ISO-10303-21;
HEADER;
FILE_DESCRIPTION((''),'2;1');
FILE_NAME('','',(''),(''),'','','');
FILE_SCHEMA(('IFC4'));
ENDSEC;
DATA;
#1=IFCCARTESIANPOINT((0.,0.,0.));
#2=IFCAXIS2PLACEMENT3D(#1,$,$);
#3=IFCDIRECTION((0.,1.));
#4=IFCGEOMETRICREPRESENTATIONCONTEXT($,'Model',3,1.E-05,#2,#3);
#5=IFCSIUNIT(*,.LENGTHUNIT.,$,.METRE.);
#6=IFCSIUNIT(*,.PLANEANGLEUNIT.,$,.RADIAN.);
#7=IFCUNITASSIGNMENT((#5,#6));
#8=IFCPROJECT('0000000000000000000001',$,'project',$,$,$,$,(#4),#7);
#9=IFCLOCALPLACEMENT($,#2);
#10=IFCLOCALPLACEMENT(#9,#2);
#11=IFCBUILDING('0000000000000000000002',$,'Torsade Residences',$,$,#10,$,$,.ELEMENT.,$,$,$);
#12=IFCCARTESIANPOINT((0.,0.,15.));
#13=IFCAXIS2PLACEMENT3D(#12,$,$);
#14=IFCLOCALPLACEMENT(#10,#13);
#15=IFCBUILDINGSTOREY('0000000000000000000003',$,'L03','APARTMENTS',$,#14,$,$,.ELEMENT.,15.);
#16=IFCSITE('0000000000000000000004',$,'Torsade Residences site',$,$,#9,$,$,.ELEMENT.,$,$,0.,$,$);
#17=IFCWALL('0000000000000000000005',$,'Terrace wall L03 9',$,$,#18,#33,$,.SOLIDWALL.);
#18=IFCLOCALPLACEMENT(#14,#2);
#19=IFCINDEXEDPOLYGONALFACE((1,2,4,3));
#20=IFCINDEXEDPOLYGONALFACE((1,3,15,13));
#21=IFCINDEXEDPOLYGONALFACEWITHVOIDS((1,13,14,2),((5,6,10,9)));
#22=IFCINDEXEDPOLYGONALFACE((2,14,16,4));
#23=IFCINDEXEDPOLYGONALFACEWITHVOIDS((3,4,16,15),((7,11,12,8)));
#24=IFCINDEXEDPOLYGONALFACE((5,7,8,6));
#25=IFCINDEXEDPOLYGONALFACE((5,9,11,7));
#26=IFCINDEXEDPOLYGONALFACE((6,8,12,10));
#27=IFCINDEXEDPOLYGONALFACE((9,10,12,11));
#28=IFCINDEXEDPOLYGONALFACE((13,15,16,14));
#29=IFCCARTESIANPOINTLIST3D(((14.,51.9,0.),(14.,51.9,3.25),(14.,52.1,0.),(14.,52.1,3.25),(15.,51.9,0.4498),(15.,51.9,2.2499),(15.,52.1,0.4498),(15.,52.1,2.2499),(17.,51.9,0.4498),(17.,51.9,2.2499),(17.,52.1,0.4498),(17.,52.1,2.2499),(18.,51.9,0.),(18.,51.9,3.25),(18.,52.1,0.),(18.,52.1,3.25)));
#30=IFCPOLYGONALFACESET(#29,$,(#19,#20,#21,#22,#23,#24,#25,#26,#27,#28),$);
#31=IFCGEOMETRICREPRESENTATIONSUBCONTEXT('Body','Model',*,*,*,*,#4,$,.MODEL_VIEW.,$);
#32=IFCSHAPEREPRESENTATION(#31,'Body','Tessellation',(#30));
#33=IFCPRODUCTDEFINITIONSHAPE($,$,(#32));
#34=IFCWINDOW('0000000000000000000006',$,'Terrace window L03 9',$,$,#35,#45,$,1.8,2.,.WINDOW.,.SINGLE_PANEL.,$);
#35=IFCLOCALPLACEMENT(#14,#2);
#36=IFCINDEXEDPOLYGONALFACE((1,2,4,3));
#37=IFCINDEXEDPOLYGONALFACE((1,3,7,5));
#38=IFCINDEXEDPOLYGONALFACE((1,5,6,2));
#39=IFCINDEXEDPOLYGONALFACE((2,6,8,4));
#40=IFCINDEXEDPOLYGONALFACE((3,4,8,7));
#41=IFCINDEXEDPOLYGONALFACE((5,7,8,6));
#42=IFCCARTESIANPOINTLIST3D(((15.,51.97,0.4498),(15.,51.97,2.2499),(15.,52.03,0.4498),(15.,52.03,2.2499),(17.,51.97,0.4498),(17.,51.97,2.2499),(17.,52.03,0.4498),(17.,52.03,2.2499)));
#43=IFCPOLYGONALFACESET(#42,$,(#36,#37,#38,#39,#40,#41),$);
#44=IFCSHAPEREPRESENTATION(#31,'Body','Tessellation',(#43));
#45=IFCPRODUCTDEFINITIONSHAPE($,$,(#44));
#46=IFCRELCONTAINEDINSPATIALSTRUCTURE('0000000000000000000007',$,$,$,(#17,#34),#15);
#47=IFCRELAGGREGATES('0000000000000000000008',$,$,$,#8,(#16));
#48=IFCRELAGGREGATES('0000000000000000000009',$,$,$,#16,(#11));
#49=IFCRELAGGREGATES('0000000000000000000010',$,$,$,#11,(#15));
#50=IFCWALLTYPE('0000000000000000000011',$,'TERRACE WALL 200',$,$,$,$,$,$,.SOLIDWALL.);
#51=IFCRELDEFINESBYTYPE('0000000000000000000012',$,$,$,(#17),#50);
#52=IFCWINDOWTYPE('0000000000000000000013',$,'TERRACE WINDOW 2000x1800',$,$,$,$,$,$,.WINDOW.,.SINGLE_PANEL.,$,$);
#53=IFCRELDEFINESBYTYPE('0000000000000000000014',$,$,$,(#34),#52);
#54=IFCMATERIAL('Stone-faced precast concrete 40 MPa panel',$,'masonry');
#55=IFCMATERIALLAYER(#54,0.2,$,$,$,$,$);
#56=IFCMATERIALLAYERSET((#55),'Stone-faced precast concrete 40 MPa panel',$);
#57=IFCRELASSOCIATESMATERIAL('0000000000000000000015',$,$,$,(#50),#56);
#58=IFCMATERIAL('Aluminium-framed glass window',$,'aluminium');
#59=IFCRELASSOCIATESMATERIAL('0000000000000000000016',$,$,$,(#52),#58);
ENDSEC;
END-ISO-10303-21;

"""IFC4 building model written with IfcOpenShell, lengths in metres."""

from ifc_helpers import new_model, si_unit, direction, frame, frame_2d, origin, place, context, subcontext, project, spatial, rectangle, extrude, material, layer, layer_set, type_object, element, fill, save


model = new_model("IFC4")

# Units and contexts
model_context = context("Model", 3, precision=1e-05, world=origin(), true_north=direction((0.0, 1.0)))
body_context = subcontext(model_context, "Body", "Model", "MODEL_VIEW")
ifc_project = project(units=[si_unit("LENGTHUNIT", "METRE"), si_unit("PLANEANGLEUNIT", "RADIAN")], contexts=[model_context])

# Site, building, storey
site_placement = place(None, origin())
site = spatial("IfcSite", under=ifc_project, at=site_placement, Name="Torsade Residences site", CompositionType="ELEMENT", RefElevation=0.0)
building_placement = place(site_placement, origin())
building = spatial("IfcBuilding", under=site, at=building_placement, Name="Torsade Residences", CompositionType="ELEMENT")
storey_placement = place(building_placement, frame((0.0, 0.0, 15.0)))
storey = spatial("IfcBuildingStorey", under=building, at=storey_placement, Name="L03", Description="APARTMENTS", CompositionType="ELEMENT", Elevation=15.0)

# Shared definitions
ifc_material_1 = material(Name="Stone-faced precast concrete 40 MPa panel", Category="masonry")
ifc_layer_1 = layer(ifc_material_1, 0.2)
ifc_layer_set_1 = layer_set([ifc_layer_1], Name="Stone-faced precast concrete 40 MPa panel")
wall_type_1 = type_object("IfcWallType", Name="TERRACE WALL 200", PredefinedType="SOLIDWALL", material=ifc_layer_set_1)

# Wall, opening, window
wall_1_placement = place(storey_placement, frame((18.0, 52.0, 0.0), z_axis=(0.0, 0.0, 1.0), x_axis=(-1.0, 0.0, 0.0)))
wall_1 = element("IfcWall", 1, at=wall_1_placement, inside=storey, type_object=wall_type_1, Name="Terrace wall L03 9", PredefinedType="SOLIDWALL", context=body_context, shape_type="SweptSolid", body=[
    extrude(rectangle(XDim=4.0, YDim=0.2, at=frame_2d((2.0, 0.0))), origin(), (0.0, 0.0, 1.0), 3.25),
])
opening_1_placement = place(wall_1_placement, frame((1.0, 0.0, 0.45)))
opening_1 = element("IfcOpeningElement", 2, at=opening_1_placement, cuts=wall_1, PredefinedType="OPENING", context=body_context, shape_type="SweptSolid", body=[
    extrude(rectangle(XDim=2.0, YDim=1.8, at=frame_2d((1.0, 0.8999))), frame((0.0, 0.1099, 0.0), z_axis=(0.0, -1.0, 0.0), x_axis=(1.0, 0.0, 0.0)), (0.0, 0.0, 1.0), 0.22),
])
ifc_material_2 = material(Name="Aluminium-framed glass window", Category="aluminium")
window_type = type_object("IfcWindowType", Name="TERRACE WINDOW 2000x1800", PartitioningType="SINGLE_PANEL", PredefinedType="WINDOW", material=ifc_material_2)
window_placement = place(opening_1_placement, origin())
window = element("IfcWindow", 3, at=window_placement, inside=storey, type_object=window_type, Name="Terrace window L03 9", OverallHeight=1.8, OverallWidth=2.0, PartitioningType="SINGLE_PANEL", PredefinedType="WINDOW", context=body_context, shape_type="SweptSolid", body=[
    extrude(rectangle(XDim=2.0, YDim=1.8, at=frame_2d((1.0, 0.8999))), frame((0.0, 0.03, 0.0), z_axis=(0.0, -1.0, 0.0), x_axis=(1.0, 0.0, 0.0)), (0.0, 0.0, 1.0), 0.0601),
])
fill(opening_1, window)

save(model, "model.ifc")
